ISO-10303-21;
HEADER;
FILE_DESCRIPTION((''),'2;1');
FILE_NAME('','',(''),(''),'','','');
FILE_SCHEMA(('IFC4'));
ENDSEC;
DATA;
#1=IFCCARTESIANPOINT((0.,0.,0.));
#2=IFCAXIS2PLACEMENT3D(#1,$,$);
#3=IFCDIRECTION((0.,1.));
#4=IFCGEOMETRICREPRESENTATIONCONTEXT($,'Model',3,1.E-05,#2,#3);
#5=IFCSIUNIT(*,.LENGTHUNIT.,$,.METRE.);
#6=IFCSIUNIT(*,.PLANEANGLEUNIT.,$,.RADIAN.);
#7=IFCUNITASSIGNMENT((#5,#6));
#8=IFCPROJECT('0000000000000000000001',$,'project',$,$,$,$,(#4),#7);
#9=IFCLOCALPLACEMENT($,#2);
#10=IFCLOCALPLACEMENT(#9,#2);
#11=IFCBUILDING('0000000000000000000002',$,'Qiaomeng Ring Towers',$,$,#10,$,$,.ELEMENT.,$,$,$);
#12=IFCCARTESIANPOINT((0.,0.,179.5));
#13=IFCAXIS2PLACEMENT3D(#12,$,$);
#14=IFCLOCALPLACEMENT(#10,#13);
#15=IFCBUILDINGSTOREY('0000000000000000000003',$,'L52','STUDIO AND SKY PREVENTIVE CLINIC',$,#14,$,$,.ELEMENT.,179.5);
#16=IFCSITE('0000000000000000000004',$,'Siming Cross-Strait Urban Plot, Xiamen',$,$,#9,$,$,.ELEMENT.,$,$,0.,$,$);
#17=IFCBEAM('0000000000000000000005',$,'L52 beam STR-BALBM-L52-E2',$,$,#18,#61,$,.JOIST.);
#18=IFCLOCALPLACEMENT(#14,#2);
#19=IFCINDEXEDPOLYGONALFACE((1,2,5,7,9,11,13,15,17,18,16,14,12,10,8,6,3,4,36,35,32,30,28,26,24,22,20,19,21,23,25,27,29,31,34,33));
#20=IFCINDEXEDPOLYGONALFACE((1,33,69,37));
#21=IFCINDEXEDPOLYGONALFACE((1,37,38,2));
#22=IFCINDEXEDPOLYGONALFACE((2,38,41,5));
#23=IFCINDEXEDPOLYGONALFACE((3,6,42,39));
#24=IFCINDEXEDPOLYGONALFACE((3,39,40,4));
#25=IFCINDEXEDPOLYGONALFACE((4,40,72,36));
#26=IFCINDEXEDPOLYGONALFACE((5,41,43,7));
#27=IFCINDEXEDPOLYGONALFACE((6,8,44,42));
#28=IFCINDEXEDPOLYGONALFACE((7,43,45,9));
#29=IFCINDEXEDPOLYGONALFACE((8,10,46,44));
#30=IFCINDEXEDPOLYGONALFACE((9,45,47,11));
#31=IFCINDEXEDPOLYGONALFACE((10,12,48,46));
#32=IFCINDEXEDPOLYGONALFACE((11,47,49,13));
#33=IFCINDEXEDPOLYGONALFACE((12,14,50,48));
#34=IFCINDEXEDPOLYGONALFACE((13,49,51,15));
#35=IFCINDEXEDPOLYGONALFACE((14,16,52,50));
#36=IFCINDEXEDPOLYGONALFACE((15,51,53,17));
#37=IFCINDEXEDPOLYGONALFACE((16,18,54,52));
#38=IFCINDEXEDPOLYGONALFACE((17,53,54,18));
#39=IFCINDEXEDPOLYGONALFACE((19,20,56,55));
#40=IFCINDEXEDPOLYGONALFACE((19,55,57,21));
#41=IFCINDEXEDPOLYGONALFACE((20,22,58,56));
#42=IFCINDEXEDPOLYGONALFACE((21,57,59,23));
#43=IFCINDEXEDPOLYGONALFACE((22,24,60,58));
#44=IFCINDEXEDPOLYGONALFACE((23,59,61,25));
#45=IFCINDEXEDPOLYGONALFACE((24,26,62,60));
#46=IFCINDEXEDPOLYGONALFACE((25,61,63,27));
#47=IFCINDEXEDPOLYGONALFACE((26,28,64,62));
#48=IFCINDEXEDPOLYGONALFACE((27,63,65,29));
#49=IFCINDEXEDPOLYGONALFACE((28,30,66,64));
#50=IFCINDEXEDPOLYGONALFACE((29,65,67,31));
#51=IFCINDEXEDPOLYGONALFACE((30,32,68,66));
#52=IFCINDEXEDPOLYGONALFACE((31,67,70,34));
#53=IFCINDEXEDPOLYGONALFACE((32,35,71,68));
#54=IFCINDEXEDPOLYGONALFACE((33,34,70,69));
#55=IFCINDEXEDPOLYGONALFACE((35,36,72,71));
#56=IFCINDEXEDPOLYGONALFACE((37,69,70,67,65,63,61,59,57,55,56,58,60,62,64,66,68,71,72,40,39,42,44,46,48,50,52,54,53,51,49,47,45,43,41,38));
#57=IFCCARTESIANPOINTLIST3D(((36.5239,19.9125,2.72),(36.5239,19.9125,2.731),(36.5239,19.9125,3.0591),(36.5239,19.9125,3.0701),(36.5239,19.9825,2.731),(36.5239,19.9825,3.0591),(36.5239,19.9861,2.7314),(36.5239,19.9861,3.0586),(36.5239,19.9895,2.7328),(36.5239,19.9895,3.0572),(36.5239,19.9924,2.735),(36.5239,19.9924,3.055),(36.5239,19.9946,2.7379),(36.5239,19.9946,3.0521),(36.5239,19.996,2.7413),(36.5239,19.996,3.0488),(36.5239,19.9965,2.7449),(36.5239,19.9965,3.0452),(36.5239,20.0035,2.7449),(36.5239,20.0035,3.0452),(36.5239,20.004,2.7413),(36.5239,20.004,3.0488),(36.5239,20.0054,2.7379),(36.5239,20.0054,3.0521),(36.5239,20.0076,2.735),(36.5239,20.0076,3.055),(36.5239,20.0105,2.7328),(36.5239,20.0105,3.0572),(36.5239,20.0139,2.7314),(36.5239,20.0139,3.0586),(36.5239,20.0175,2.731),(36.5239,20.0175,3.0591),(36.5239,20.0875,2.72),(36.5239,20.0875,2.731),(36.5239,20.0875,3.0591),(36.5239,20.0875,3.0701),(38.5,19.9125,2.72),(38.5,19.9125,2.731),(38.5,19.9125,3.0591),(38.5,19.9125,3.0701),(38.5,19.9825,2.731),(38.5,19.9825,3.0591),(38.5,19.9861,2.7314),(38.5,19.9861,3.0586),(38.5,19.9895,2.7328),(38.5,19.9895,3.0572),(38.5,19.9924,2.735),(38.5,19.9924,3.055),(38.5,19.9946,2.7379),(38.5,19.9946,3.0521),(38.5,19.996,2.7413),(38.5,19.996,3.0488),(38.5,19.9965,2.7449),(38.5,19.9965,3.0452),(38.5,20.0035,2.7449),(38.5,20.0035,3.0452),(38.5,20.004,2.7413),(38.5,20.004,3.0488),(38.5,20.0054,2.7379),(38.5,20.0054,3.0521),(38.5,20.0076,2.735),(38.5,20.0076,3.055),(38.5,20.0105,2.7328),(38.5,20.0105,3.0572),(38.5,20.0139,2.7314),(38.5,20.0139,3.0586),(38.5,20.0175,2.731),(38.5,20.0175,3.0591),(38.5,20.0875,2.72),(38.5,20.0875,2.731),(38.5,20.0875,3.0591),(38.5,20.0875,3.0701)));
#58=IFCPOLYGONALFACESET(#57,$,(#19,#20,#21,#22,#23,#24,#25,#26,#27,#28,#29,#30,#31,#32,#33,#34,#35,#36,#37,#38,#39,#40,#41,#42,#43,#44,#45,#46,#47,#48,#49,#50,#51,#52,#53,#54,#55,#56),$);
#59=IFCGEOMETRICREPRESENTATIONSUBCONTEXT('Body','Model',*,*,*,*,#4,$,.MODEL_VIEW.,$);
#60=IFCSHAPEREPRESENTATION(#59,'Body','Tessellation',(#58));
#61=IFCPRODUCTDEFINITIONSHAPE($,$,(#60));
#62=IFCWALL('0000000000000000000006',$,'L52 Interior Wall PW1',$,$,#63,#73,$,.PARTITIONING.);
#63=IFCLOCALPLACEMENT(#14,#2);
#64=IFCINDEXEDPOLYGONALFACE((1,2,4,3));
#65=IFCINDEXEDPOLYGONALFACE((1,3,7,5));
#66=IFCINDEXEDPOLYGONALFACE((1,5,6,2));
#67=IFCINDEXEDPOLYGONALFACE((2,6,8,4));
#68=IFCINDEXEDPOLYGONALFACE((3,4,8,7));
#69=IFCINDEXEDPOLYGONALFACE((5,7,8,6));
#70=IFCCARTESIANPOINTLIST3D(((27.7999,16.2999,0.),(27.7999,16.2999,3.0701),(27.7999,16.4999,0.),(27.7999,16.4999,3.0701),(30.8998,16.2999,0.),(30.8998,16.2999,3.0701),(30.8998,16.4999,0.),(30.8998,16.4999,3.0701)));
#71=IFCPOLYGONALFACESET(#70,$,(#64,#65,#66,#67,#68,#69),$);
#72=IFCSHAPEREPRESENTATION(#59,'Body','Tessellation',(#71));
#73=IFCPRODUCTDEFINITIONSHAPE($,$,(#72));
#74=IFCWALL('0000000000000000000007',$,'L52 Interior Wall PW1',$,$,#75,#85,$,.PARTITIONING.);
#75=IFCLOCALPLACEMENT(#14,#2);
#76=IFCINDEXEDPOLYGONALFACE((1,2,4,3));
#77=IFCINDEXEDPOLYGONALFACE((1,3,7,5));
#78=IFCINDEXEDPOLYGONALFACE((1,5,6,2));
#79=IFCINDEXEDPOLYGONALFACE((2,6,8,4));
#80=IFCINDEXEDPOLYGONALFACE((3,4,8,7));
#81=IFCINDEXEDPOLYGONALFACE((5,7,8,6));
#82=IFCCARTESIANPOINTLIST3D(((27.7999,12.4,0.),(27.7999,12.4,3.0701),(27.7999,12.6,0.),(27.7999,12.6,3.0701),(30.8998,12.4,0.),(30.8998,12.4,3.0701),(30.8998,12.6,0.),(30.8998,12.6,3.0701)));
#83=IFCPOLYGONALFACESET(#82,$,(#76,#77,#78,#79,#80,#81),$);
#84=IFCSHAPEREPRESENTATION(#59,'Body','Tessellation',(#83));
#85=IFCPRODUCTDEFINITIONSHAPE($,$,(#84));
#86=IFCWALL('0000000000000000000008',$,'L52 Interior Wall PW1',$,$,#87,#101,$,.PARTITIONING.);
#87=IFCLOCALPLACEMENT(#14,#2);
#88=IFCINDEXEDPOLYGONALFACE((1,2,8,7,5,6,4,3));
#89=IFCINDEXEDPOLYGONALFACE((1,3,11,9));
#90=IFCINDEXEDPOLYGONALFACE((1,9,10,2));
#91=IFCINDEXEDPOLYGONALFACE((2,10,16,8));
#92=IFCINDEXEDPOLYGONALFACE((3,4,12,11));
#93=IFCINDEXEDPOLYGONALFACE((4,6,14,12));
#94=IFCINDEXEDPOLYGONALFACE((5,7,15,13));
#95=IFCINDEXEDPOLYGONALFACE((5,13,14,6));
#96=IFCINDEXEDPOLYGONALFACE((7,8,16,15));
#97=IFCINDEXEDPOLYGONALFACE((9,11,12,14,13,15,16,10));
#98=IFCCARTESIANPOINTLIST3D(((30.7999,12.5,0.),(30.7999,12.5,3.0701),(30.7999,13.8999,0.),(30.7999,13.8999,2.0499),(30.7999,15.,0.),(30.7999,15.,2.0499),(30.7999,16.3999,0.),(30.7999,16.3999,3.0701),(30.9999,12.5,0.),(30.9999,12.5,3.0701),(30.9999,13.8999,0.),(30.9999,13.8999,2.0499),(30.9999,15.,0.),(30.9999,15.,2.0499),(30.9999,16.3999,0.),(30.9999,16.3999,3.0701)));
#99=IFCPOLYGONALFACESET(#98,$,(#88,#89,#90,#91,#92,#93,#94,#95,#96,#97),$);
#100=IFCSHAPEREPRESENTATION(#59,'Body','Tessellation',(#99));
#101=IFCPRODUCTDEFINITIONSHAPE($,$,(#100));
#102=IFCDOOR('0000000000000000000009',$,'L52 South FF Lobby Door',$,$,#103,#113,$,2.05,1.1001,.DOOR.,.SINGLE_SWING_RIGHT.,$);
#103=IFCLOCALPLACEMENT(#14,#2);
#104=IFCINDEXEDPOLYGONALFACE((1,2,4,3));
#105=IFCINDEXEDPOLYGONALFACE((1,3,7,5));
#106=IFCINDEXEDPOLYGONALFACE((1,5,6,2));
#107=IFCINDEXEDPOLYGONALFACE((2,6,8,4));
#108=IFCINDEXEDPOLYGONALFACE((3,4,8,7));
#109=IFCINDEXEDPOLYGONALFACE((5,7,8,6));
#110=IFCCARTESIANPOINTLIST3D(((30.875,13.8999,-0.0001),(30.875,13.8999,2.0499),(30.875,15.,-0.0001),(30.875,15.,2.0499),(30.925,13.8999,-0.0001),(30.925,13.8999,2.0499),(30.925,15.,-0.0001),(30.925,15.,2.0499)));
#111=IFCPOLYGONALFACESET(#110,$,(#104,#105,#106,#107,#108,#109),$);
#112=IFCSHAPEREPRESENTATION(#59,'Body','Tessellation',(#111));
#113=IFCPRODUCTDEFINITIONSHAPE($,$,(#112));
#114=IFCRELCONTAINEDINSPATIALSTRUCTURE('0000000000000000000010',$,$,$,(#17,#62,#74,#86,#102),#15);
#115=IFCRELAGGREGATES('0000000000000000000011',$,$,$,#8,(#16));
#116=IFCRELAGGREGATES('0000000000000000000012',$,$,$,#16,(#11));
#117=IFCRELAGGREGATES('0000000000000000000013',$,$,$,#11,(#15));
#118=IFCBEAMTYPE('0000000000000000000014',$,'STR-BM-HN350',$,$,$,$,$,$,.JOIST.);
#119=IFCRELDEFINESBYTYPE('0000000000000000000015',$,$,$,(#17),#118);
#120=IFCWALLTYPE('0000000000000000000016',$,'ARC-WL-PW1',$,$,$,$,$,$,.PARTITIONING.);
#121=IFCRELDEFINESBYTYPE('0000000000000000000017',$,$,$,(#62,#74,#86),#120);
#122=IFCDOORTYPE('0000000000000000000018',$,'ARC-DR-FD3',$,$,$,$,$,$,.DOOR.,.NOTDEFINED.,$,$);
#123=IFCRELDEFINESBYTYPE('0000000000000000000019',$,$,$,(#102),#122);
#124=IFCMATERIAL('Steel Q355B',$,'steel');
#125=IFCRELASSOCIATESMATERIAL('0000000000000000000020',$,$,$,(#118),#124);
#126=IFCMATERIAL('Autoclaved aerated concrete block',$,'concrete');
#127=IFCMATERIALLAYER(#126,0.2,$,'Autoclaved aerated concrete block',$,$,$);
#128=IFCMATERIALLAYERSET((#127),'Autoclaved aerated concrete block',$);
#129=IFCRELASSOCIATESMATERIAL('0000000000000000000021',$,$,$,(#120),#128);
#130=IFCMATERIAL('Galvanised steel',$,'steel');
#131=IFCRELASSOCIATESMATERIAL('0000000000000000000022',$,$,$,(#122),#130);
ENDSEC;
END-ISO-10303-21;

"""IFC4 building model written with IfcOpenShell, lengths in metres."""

from ifc_helpers import new_model, si_unit, direction, frame, frame_2d, origin, origin_2d, place, context, subcontext, project, spatial, rectangle, i_section, extrude, source, transform, mapped, material, layer, layer_set, material_profile, profile_set, type_object, element, fill, save


model = new_model("IFC4")

# Units and contexts
model_context = context("Model", 3, precision=1e-05, world=origin(), true_north=direction((0.0, 1.0)))
body_context = subcontext(model_context, "Body", "Model", "MODEL_VIEW")
ifc_project = project(units=[si_unit("LENGTHUNIT", "METRE"), si_unit("PLANEANGLEUNIT", "RADIAN")], contexts=[model_context])

# Site, building, storey
site_placement = place(None, origin())
site = spatial("IfcSite", under=ifc_project, at=site_placement, Name="Siming Cross-Strait Urban Plot, Xiamen", CompositionType="ELEMENT", RefElevation=0.0)
building_placement = place(site_placement, origin())
building = spatial("IfcBuilding", under=site, at=building_placement, Name="Qiaomeng Ring Towers", CompositionType="ELEMENT")
storey_placement = place(building_placement, frame((0.0, 0.0, 179.5)))
storey = spatial("IfcBuildingStorey", under=building, at=storey_placement, Name="L52", Description="STUDIO AND SKY PREVENTIVE CLINIC", CompositionType="ELEMENT", Elevation=179.5)

# Beam
ifc_material_1 = material(Name="Steel Q355B", Category="steel")
ifc_material_profile_1 = material_profile(ifc_material_1, i_section(OverallWidth=0.175, OverallDepth=0.3501, WebThickness=0.0071, FlangeThickness=0.011, FilletRadius=0.0139, at=origin_2d()), Name="HN 350x175x7x11")
ifc_profile_set_1 = profile_set([ifc_material_profile_1], Name="Steel Q355B")
beam_type_1 = type_object("IfcBeamType", Name="STR-BM-HN350", PredefinedType="JOIST", material=ifc_profile_set_1)
shared_shape_1 = source(origin(), body_context, "Body", "SweptSolid", [
    extrude(i_section(OverallWidth=0.175, OverallDepth=0.3501, WebThickness=0.0071, FlangeThickness=0.011, FilletRadius=0.0139, at=origin_2d()), origin(), (0.0, 0.0, 1.0), 1.9761),
])
beam_1_placement = place(storey_placement, frame((36.5239, 20.0, 2.895), z_axis=(1.0, 0.0, 0.0), x_axis=(0.0, 1.0, 0.0)))
element("IfcBeam", 1, at=beam_1_placement, inside=storey, type_object=beam_type_1, Name="L52 beam STR-BALBM-L52-E2", PredefinedType="JOIST", context=body_context, shape_type="MappedRepresentation", body=[
    mapped(shared_shape_1, transform((0.0, 0.0, 0.0), x_axis=(1.0, 0.0, 0.0), y_axis=(0.0, 1.0, 0.0), z_axis=(0.0, 0.0, 1.0), scale=1.0)),
])

# Walls
ifc_material_2 = material(Name="Autoclaved aerated concrete block", Category="concrete")
ifc_layer_1 = layer(ifc_material_2, 0.2, Name="Autoclaved aerated concrete block")
ifc_layer_set_1 = layer_set([ifc_layer_1], Name="Autoclaved aerated concrete block")
wall_type_1 = type_object("IfcWallType", Name="ARC-WL-PW1", PredefinedType="PARTITIONING", material=ifc_layer_set_1)
for number, where, z_axis, x_axis, name in (
    (2, (27.8, 16.3999, 0.0), (0.0, 0.0, 1.0), (1.0, 0.0, 0.0), "L52 Interior Wall PW1"),
    (3, (27.8, 12.5, 0.0), (0.0, 0.0, 1.0), (1.0, 0.0, 0.0), "L52 Interior Wall PW1"),
):
    element("IfcWall", number, at=place(storey_placement, frame(where, z_axis=z_axis, x_axis=x_axis)), inside=storey, type_object=wall_type_1, Name=name, PredefinedType="PARTITIONING", context=body_context, shape_type="SweptSolid", body=[
        extrude(rectangle(XDim=3.0999, YDim=0.2, at=frame_2d((1.5498, 0.0))), origin(), (0.0, 0.0, 1.0), 3.0701),
    ])

# Wall, opening, door
wall_1_placement = place(storey_placement, frame((30.8999, 12.5, 0.0), z_axis=(0.0, 0.0, 1.0), x_axis=(0.0, 1.0, 0.0)))
wall_1 = element("IfcWall", 4, at=wall_1_placement, inside=storey, type_object=wall_type_1, Name="L52 Interior Wall PW1", PredefinedType="PARTITIONING", context=body_context, shape_type="SweptSolid", body=[
    extrude(rectangle(XDim=3.8999, YDim=0.2, at=frame_2d((1.95, 0.0))), origin(), (0.0, 0.0, 1.0), 3.0701),
])
opening_1_placement = place(wall_1_placement, frame((1.3999, 0.0, 0.0)))
opening_1 = element("IfcOpeningElement", 5, at=opening_1_placement, cuts=wall_1, PredefinedType="OPENING", context=body_context, shape_type="SweptSolid", body=[
    extrude(rectangle(XDim=1.1001, YDim=2.05, at=frame_2d((0.55, 1.0249))), frame((0.0, 0.1099, 0.0), z_axis=(0.0, -1.0, 0.0), x_axis=(1.0, 0.0, 0.0)), (0.0, 0.0, 1.0), 0.22),
])
ifc_material_3 = material(Name="Galvanised steel", Category="steel")
door_type_1 = type_object("IfcDoorType", Name="ARC-DR-FD3", OperationType="NOTDEFINED", PredefinedType="DOOR", material=ifc_material_3)
shared_shape_2 = source(origin(), body_context, "Body", "SweptSolid", [
    extrude(rectangle(XDim=1.1001, YDim=2.05, at=frame_2d((0.55, 1.0249))), frame((0.0, 0.0249, 0.0), z_axis=(0.0, -1.0, 0.0), x_axis=(1.0, 0.0, 0.0)), (0.0, 0.0, 1.0), 0.05),
])
door_1_placement = place(opening_1_placement, origin())
door_1 = element("IfcDoor", 6, at=door_1_placement, inside=storey, type_object=door_type_1, Name="L52 South FF Lobby Door", OperationType="SINGLE_SWING_RIGHT", OverallHeight=2.05, OverallWidth=1.1001, PredefinedType="DOOR", context=body_context, shape_type="MappedRepresentation", body=[
    mapped(shared_shape_2, transform((0.0, 0.0, 0.0), x_axis=(1.0, 0.0, 0.0), y_axis=(0.0, 1.0, 0.0), z_axis=(0.0, 0.0, 1.0), scale=1.0)),
])
fill(opening_1, door_1)

save(model, "model.ifc")
